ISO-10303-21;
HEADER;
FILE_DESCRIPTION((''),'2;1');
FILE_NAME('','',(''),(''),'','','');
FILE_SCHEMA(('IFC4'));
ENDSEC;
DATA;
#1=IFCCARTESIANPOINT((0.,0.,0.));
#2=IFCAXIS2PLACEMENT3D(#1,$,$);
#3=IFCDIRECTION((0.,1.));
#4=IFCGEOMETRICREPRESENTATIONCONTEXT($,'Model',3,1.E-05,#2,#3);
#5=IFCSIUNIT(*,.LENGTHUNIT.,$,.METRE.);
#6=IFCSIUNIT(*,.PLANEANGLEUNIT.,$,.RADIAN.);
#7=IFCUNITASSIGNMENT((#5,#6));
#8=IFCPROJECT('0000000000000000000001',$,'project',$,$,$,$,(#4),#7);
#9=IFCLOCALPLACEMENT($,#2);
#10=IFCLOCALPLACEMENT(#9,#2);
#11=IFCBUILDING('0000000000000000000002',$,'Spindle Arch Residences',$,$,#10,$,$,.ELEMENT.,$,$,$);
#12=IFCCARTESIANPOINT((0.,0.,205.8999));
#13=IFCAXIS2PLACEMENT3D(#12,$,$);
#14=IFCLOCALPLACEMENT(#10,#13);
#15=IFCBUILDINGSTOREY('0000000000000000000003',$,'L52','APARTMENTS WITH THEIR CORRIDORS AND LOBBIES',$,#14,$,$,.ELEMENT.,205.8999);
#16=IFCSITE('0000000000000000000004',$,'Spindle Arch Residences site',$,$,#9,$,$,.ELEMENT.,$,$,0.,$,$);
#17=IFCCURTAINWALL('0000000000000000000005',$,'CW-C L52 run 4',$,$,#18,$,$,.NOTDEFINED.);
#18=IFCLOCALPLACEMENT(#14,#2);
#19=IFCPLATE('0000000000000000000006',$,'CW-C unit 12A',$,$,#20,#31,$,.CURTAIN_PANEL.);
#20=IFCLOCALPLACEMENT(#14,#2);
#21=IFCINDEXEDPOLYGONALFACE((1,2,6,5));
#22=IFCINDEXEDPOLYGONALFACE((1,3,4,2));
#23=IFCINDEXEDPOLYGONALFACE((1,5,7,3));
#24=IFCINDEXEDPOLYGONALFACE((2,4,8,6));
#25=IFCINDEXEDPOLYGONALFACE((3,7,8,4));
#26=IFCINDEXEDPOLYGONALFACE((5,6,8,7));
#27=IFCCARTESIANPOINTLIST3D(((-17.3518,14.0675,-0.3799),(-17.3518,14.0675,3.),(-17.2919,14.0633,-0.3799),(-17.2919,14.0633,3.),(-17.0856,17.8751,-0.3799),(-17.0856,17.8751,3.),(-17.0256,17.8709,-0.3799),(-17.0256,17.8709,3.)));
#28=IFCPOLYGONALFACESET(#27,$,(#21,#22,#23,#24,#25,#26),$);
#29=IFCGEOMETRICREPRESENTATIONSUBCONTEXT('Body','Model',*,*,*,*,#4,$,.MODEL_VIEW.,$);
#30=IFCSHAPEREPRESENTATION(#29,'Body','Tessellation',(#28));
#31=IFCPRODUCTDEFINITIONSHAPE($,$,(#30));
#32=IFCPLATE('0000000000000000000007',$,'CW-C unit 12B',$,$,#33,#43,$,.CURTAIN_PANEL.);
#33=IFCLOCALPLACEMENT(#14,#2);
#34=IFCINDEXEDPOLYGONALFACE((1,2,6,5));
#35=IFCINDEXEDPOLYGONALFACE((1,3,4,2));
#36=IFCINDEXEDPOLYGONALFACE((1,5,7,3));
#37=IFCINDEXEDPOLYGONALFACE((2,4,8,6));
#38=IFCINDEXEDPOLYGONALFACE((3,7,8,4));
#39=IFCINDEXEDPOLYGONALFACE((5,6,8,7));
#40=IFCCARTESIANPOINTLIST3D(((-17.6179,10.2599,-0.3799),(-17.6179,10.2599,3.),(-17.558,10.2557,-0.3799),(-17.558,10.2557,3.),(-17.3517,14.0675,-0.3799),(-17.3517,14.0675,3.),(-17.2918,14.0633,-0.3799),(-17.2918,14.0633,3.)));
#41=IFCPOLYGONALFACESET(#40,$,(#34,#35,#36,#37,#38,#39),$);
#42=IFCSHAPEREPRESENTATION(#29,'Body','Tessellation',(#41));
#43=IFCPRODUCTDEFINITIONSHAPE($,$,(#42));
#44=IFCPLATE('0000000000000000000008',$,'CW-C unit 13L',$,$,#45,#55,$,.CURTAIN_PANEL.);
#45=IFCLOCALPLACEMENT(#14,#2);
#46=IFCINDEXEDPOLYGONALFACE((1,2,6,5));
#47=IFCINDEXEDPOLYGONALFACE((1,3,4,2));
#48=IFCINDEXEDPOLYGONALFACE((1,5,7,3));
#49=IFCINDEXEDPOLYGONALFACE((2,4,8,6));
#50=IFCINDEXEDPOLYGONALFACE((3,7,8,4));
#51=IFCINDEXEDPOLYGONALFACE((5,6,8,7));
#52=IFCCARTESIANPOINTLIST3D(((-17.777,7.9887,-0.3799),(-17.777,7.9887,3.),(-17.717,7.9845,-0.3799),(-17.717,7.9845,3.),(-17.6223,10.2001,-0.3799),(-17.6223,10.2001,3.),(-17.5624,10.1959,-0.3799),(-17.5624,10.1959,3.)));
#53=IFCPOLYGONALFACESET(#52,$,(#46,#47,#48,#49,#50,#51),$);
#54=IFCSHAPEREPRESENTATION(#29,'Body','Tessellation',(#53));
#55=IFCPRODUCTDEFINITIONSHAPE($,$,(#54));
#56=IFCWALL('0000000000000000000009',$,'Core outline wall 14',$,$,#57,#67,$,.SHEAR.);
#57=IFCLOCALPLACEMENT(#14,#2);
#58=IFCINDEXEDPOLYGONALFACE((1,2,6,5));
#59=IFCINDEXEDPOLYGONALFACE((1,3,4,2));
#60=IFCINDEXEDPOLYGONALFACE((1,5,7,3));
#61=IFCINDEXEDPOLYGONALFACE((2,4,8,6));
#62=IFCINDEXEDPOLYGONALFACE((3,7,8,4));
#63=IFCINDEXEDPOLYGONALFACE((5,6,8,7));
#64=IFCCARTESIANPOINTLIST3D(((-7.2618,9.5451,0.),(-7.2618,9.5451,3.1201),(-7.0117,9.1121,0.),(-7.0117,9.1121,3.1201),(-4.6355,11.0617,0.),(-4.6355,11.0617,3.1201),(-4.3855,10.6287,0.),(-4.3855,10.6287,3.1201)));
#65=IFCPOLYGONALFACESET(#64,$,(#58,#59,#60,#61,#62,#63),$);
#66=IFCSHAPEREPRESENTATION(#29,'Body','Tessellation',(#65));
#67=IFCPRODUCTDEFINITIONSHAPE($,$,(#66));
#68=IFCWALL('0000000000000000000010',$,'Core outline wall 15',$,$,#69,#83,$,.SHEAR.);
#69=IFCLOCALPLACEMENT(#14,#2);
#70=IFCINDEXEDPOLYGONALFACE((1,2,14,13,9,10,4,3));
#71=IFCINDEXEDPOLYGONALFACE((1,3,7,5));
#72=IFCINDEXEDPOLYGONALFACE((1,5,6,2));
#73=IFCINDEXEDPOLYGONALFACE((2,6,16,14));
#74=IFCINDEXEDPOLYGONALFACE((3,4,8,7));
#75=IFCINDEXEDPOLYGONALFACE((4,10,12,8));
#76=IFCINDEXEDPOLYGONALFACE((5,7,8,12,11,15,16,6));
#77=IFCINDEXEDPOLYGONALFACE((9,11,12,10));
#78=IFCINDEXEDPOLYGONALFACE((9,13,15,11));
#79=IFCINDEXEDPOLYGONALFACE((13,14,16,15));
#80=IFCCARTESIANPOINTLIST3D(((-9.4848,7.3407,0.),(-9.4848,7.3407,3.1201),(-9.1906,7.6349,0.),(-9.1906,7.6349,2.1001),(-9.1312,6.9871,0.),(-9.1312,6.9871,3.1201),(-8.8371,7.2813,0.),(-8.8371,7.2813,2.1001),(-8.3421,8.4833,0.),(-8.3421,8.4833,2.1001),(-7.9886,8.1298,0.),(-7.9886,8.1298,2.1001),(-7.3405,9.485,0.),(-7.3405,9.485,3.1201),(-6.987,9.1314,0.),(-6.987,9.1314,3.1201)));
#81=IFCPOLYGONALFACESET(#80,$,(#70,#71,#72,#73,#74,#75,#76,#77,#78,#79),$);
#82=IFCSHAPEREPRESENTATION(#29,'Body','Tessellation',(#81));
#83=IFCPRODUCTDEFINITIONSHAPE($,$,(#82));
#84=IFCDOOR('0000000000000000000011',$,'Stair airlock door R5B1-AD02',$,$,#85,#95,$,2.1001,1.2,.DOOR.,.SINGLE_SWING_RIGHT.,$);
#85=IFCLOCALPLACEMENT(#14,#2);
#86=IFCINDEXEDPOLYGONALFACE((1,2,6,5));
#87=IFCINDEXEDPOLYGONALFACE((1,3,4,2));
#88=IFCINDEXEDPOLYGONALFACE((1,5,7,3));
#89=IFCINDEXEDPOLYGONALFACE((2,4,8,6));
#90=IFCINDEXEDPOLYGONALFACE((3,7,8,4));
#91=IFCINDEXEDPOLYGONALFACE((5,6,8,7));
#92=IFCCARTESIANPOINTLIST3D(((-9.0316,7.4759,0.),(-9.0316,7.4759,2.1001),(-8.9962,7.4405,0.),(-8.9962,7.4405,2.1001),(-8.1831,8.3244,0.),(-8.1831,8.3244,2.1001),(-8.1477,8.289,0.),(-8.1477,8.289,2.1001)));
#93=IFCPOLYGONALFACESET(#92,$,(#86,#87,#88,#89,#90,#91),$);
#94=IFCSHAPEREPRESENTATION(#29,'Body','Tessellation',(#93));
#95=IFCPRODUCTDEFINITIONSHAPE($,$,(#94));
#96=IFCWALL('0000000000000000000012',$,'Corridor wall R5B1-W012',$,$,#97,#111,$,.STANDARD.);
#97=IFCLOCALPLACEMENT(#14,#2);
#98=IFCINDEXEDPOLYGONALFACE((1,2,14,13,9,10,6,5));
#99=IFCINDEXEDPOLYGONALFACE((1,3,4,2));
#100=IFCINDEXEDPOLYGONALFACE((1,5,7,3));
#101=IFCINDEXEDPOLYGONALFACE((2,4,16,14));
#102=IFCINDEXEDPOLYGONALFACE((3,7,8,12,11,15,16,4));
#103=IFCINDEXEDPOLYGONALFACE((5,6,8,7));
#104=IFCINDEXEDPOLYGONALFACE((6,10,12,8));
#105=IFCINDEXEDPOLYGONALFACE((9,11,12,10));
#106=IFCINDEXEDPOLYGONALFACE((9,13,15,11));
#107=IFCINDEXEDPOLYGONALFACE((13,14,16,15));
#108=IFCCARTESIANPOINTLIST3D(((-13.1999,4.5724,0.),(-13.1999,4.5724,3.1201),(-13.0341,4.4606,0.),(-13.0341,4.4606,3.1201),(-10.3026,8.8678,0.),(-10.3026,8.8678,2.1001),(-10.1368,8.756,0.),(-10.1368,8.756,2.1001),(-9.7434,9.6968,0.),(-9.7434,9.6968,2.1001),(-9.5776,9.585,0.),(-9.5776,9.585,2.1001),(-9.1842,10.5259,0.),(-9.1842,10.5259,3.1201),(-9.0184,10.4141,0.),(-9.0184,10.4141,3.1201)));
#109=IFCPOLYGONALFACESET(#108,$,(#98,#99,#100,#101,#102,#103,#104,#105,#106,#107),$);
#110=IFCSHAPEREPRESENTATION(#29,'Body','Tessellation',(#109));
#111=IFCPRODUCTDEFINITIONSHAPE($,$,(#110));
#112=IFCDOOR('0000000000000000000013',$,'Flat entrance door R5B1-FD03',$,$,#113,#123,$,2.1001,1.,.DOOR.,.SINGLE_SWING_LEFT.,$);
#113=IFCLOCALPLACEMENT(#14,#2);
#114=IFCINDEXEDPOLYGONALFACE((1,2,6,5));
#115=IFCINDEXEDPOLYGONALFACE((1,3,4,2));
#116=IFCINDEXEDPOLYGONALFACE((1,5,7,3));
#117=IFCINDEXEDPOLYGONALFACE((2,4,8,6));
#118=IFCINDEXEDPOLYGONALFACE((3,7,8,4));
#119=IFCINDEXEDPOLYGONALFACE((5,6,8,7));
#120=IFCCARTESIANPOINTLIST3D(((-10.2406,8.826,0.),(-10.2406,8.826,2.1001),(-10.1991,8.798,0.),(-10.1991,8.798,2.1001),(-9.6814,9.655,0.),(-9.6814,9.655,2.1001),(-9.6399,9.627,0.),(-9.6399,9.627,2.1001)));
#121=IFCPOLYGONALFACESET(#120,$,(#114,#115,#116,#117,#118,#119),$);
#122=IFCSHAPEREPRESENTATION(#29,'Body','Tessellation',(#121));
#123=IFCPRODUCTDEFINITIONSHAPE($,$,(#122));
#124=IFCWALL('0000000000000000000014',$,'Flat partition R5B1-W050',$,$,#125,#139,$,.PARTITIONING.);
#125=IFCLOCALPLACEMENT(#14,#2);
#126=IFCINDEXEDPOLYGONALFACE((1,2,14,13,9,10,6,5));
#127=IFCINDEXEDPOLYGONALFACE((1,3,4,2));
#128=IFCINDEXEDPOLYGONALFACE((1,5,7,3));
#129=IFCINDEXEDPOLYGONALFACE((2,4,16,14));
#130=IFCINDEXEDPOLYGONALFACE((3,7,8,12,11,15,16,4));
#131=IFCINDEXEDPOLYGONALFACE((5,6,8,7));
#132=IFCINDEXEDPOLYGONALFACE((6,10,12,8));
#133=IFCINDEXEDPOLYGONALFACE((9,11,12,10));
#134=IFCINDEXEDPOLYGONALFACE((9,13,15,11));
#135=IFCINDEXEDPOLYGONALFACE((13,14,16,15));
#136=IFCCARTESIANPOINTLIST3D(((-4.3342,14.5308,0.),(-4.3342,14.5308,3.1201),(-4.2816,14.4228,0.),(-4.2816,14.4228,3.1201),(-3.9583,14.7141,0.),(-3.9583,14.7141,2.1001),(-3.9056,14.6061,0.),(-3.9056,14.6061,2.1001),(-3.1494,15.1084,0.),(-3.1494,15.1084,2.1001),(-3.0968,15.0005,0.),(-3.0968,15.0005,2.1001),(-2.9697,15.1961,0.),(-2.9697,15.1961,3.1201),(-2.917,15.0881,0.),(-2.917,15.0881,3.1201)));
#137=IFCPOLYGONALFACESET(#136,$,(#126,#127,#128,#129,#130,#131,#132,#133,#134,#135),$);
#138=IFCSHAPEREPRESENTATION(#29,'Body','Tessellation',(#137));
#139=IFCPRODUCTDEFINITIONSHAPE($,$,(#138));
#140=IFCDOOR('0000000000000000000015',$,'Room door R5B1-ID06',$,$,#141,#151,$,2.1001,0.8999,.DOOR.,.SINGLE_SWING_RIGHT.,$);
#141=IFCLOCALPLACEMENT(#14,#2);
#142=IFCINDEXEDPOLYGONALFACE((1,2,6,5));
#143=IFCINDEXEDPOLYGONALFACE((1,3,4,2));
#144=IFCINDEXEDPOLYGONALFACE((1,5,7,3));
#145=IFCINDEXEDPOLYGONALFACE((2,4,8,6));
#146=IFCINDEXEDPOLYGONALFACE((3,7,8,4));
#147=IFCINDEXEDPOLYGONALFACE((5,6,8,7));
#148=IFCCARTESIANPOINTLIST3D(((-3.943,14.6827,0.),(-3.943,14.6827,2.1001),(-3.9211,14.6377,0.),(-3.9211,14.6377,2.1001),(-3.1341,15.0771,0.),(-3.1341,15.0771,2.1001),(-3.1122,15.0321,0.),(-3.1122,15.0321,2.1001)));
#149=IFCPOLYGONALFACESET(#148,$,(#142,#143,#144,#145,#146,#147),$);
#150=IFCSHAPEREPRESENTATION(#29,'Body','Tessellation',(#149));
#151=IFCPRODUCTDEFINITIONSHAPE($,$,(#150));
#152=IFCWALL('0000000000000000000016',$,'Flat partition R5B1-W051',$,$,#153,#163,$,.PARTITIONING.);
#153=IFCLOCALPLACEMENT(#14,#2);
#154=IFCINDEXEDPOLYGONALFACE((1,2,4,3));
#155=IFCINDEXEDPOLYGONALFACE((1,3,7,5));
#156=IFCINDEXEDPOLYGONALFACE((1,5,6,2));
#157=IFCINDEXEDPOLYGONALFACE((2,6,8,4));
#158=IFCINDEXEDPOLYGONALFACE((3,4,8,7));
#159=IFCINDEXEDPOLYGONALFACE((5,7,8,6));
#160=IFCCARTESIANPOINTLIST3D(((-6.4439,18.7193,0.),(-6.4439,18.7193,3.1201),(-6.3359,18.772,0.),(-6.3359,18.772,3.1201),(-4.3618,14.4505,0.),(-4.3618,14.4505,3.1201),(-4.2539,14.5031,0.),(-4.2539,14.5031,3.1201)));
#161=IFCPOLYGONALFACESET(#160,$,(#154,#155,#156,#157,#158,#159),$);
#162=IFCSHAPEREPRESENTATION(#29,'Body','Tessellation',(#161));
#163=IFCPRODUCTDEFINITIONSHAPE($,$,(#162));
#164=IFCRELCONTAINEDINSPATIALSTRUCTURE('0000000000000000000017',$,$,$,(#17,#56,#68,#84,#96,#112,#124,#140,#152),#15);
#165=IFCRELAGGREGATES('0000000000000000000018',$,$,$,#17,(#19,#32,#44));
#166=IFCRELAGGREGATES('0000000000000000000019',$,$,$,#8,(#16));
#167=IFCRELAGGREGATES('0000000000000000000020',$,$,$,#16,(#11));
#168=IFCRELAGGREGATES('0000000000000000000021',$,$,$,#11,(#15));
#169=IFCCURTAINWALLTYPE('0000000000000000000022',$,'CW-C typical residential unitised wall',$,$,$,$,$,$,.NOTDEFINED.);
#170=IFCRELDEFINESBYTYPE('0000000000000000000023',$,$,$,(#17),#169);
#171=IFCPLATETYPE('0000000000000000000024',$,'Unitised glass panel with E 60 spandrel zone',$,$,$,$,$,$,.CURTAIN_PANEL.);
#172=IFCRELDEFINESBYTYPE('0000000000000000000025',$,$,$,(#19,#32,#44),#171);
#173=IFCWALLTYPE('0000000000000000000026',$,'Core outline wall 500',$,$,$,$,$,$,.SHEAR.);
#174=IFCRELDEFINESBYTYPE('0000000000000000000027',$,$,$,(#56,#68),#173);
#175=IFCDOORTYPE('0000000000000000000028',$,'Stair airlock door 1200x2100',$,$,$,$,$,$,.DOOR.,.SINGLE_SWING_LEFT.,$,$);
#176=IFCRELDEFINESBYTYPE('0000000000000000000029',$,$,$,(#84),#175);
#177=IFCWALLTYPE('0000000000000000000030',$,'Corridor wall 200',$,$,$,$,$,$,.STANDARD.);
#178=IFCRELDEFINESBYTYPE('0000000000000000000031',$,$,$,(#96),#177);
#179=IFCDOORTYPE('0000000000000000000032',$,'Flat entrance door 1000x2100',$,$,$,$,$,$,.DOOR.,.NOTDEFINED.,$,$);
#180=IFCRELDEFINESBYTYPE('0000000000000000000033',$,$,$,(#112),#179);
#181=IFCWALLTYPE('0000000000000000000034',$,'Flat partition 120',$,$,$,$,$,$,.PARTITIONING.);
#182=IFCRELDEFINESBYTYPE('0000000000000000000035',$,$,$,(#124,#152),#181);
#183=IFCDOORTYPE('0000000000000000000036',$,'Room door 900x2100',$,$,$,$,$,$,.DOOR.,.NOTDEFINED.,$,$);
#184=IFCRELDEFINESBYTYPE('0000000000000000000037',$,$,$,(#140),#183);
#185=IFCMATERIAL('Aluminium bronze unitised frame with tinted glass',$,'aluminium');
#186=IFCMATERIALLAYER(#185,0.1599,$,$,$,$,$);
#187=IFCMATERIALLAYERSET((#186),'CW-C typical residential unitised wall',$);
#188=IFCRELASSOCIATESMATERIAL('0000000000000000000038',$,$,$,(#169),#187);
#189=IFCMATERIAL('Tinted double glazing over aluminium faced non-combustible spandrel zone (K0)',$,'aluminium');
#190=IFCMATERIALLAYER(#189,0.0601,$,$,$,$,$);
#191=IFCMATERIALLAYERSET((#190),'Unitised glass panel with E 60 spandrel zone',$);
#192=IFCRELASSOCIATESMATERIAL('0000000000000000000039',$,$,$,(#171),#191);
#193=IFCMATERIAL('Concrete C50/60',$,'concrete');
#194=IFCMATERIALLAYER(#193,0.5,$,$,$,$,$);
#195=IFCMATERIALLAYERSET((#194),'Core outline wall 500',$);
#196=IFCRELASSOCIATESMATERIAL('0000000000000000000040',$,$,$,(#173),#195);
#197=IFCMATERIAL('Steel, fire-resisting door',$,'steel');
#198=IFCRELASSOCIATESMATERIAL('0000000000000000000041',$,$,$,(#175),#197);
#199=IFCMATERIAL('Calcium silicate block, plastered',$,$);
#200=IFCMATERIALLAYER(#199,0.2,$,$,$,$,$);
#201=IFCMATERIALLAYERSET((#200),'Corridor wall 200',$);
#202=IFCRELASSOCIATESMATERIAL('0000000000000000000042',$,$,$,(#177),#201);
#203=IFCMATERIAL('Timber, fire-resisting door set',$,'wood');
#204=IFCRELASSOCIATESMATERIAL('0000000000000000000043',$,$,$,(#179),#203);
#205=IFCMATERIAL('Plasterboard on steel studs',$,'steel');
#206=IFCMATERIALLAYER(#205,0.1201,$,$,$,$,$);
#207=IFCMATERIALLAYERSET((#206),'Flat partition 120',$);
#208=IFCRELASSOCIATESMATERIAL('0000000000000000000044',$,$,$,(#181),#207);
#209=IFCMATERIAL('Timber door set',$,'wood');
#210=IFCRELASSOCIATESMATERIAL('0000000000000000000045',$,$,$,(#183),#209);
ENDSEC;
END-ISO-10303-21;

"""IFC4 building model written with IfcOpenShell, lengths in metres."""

from ifc_helpers import new_model, si_unit, direction, frame, frame_2d, origin, origin_2d, place, context, subcontext, project, spatial, rectangle, extrude, material, layer, layer_set, type_object, element, fill, aggregate, save


model = new_model("IFC4")

# Units and contexts
model_context = context("Model", 3, precision=1e-05, world=origin(), true_north=direction((0.0, 1.0)))
body_context = subcontext(model_context, "Body", "Model", "MODEL_VIEW")
ifc_project = project(units=[si_unit("LENGTHUNIT", "METRE"), si_unit("PLANEANGLEUNIT", "RADIAN")], contexts=[model_context])

# Site, building, storey
site_placement = place(None, origin())
site = spatial("IfcSite", under=ifc_project, at=site_placement, Name="Spindle Arch Residences site", CompositionType="ELEMENT", RefElevation=0.0)
building_placement = place(site_placement, origin())
building = spatial("IfcBuilding", under=site, at=building_placement, Name="Spindle Arch Residences", CompositionType="ELEMENT")
storey_placement = place(building_placement, frame((0.0, 0.0, 205.8999)))
storey = spatial("IfcBuildingStorey", under=building, at=storey_placement, Name="L52", Description="APARTMENTS WITH THEIR CORRIDORS AND LOBBIES", CompositionType="ELEMENT", Elevation=205.8999)

# Curtain wall
ifc_material_1 = material(Name="Aluminium bronze unitised frame with tinted glass", Category="aluminium")
ifc_layer_1 = layer(ifc_material_1, 0.1599)
ifc_layer_set_1 = layer_set([ifc_layer_1], Name="CW-C typical residential unitised wall")
curtain_wall_type = type_object("IfcCurtainWallType", Name="CW-C typical residential unitised wall", PredefinedType="NOTDEFINED", material=ifc_layer_set_1)
curtain_wall_placement = place(storey_placement, origin())
curtain_wall = element("IfcCurtainWall", 1, at=curtain_wall_placement, inside=storey, type_object=curtain_wall_type, Name="CW-C L52 run 4", PredefinedType="NOTDEFINED")

# Plates
ifc_material_2 = material(Name="Tinted double glazing over aluminium faced non-combustible spandrel zone (K0)", Category="aluminium")
ifc_layer_2 = layer(ifc_material_2, 0.0601)
ifc_layer_set_2 = layer_set([ifc_layer_2], Name="Unitised glass panel with E 60 spandrel zone")
plate_type = type_object("IfcPlateType", Name="Unitised glass panel with E 60 spandrel zone", PredefinedType="CURTAIN_PANEL", material=ifc_layer_set_2)
plate_1_placement = place(storey_placement, frame((-17.1887, 15.9692, -0.3799), z_axis=(0.0, 0.0, 1.0), x_axis=(-0.069756, -0.997564, 0.0)))
plate_1 = element("IfcPlate", 2, at=plate_1_placement, type_object=plate_type, Name="CW-C unit 12A", PredefinedType="CURTAIN_PANEL", context=body_context, shape_type="SweptSolid", body=[
    extrude(rectangle(XDim=3.8169, YDim=0.0601, at=origin_2d()), origin(), (0.0, 0.0, 1.0), 3.3799),
])
plate_2_placement = place(storey_placement, frame((-17.4548, 12.1616, -0.3799), z_axis=(0.0, 0.0, 1.0), x_axis=(-0.069756, -0.997564, 0.0)))
plate_2 = element("IfcPlate", 3, at=plate_2_placement, type_object=plate_type, Name="CW-C unit 12B", PredefinedType="CURTAIN_PANEL", context=body_context, shape_type="SweptSolid", body=[
    extrude(rectangle(XDim=3.8169, YDim=0.0601, at=origin_2d()), origin(), (0.0, 0.0, 1.0), 3.3799),
])
plate_3_placement = place(storey_placement, frame((-17.6697, 9.0923, -0.3799), z_axis=(0.0, 0.0, 1.0), x_axis=(-0.069756, -0.997564, 0.0)))
plate_3 = element("IfcPlate", 4, at=plate_3_placement, type_object=plate_type, Name="CW-C unit 13L", PredefinedType="CURTAIN_PANEL", context=body_context, shape_type="SweptSolid", body=[
    extrude(rectangle(XDim=2.2168, YDim=0.0601, at=origin_2d()), origin(), (0.0, 0.0, 1.0), 3.3799),
])
aggregate(curtain_wall, [plate_1, plate_2, plate_3])

# Wall
ifc_material_3 = material(Name="Concrete C50/60", Category="concrete")
ifc_layer_3 = layer(ifc_material_3, 0.5)
ifc_layer_set_3 = layer_set([ifc_layer_3], Name="Core outline wall 500")
wall_type_1 = type_object("IfcWallType", Name="Core outline wall 500", PredefinedType="SHEAR", material=ifc_layer_set_3)
wall_1_placement = place(storey_placement, frame((-4.5105, 10.8452, 0.0), z_axis=(0.0, 0.0, 1.0), x_axis=(-0.865975, -0.500087, 0.0)))
element("IfcWall", 5, at=wall_1_placement, inside=storey, type_object=wall_type_1, Name="Core outline wall 14", PredefinedType="SHEAR", context=body_context, shape_type="SweptSolid", body=[
    extrude(rectangle(XDim=3.0327, YDim=0.5, at=frame_2d((1.5164, 0.0))), origin(), (0.0, 0.0, 1.0), 3.1201),
])

# Walls, openings, doors
wall_2_placement = place(storey_placement, frame((-7.1638, 9.3081, 0.0), z_axis=(0.0, 0.0, 1.0), x_axis=(-0.707107, -0.707107, 0.0)))
wall_2 = element("IfcWall", 6, at=wall_2_placement, inside=storey, type_object=wall_type_1, Name="Core outline wall 15", PredefinedType="SHEAR", context=body_context, shape_type="SweptSolid", body=[
    extrude(rectangle(XDim=3.0325, YDim=0.5, at=frame_2d((1.5161, 0.0))), origin(), (0.0, 0.0, 1.0), 3.1201),
])
opening_1_placement = place(wall_2_placement, frame((1.4163, 0.0, 0.0)))
opening_1 = element("IfcOpeningElement", 7, at=opening_1_placement, cuts=wall_2, PredefinedType="OPENING", context=body_context, shape_type="SweptSolid", body=[
    extrude(rectangle(XDim=1.2, YDim=2.1001, at=frame_2d((0.6001, 1.05))), frame((0.0, 0.26, 0.0), z_axis=(0.0, -1.0, 0.0), x_axis=(1.0, 0.0, 0.0)), (0.0, 0.0, 1.0), 0.52),
])
ifc_material_4 = material(Name="Steel, fire-resisting door", Category="steel")
door_type_1 = type_object("IfcDoorType", Name="Stair airlock door 1200x2100", OperationType="SINGLE_SWING_LEFT", PredefinedType="DOOR", material=ifc_material_4)
door_1_placement = place(opening_1_placement, origin())
door_1 = element("IfcDoor", 8, at=door_1_placement, inside=storey, type_object=door_type_1, Name="Stair airlock door R5B1-AD02", OperationType="SINGLE_SWING_RIGHT", OverallHeight=2.1001, OverallWidth=1.2, PredefinedType="DOOR", context=body_context, shape_type="SweptSolid", body=[
    extrude(rectangle(XDim=1.2, YDim=2.1001, at=frame_2d((0.6001, 1.05))), frame((0.0, 0.0249, 0.0), z_axis=(0.0, -1.0, 0.0), x_axis=(1.0, 0.0, 0.0)), (0.0, 0.0, 1.0), 0.05),
])
fill(opening_1, door_1)
ifc_material_5 = material(Name="Calcium silicate block, plastered")
ifc_layer_4 = layer(ifc_material_5, 0.2)
ifc_layer_set_4 = layer_set([ifc_layer_4], Name="Corridor wall 200")
wall_type_2 = type_object("IfcWallType", Name="Corridor wall 200", PredefinedType="STANDARD", material=ifc_layer_set_4)
wall_3_placement = place(storey_placement, frame((-9.1013, 10.47, 0.0), z_axis=(0.0, 0.0, 1.0), x_axis=(-0.559195, -0.829036, 0.0)))
wall_3 = element("IfcWall", 9, at=wall_3_placement, inside=storey, type_object=wall_type_2, Name="Corridor wall R5B1-W012", PredefinedType="STANDARD", context=body_context, shape_type="SweptSolid", body=[
    extrude(rectangle(XDim=7.1812, YDim=0.2, at=frame_2d((3.5906, 0.0))), origin(), (0.0, 0.0, 1.0), 3.1201),
])
opening_2_placement = place(wall_3_placement, frame((1.0, 0.0, 0.0)))
opening_2 = element("IfcOpeningElement", 10, at=opening_2_placement, cuts=wall_3, PredefinedType="OPENING", context=body_context, shape_type="SweptSolid", body=[
    extrude(rectangle(XDim=1.0, YDim=2.1001, at=frame_2d((0.5, 1.05))), frame((0.0, 0.1099, 0.0), z_axis=(0.0, -1.0, 0.0), x_axis=(1.0, 0.0, 0.0)), (0.0, 0.0, 1.0), 0.22),
])
ifc_material_6 = material(Name="Timber, fire-resisting door set", Category="wood")
door_type_2 = type_object("IfcDoorType", Name="Flat entrance door 1000x2100", OperationType="NOTDEFINED", PredefinedType="DOOR", material=ifc_material_6)
door_2_placement = place(opening_2_placement, origin())
door_2 = element("IfcDoor", 11, at=door_2_placement, inside=storey, type_object=door_type_2, Name="Flat entrance door R5B1-FD03", OperationType="SINGLE_SWING_LEFT", OverallHeight=2.1001, OverallWidth=1.0, PredefinedType="DOOR", context=body_context, shape_type="SweptSolid", body=[
    extrude(rectangle(XDim=1.0, YDim=2.1001, at=frame_2d((0.5, 1.05))), frame((0.0, 0.0249, 0.0), z_axis=(0.0, -1.0, 0.0), x_axis=(1.0, 0.0, 0.0)), (0.0, 0.0, 1.0), 0.05),
])
fill(opening_2, door_2)
ifc_material_7 = material(Name="Plasterboard on steel studs", Category="steel")
ifc_layer_5 = layer(ifc_material_7, 0.1201)
ifc_layer_set_5 = layer_set([ifc_layer_5], Name="Flat partition 120")
wall_type_3 = type_object("IfcWallType", Name="Flat partition 120", PredefinedType="PARTITIONING", material=ifc_layer_set_5)
wall_4_placement = place(storey_placement, frame((-2.9434, 15.1421, 0.0), z_axis=(0.0, 0.0, 1.0), x_axis=(-0.898853, -0.438249, 0.0)))
wall_4 = element("IfcWall", 12, at=wall_4_placement, inside=storey, type_object=wall_type_3, Name="Flat partition R5B1-W050", PredefinedType="PARTITIONING", context=body_context, shape_type="SweptSolid", body=[
    extrude(rectangle(XDim=1.5181, YDim=0.1201, at=frame_2d((0.759, 0.0))), origin(), (0.0, 0.0, 1.0), 3.1201),
])
opening_3_placement = place(wall_4_placement, frame((0.2, 0.0, 0.0)))
opening_3 = element("IfcOpeningElement", 13, at=opening_3_placement, cuts=wall_4, PredefinedType="OPENING", context=body_context, shape_type="SweptSolid", body=[
    extrude(rectangle(XDim=0.8999, YDim=2.1001, at=frame_2d((0.45, 1.05))), frame((0.0, 0.0701, 0.0), z_axis=(0.0, -1.0, 0.0), x_axis=(1.0, 0.0, 0.0)), (0.0, 0.0, 1.0), 0.1401),
])
ifc_material_8 = material(Name="Timber door set", Category="wood")
door_type_3 = type_object("IfcDoorType", Name="Room door 900x2100", OperationType="NOTDEFINED", PredefinedType="DOOR", material=ifc_material_8)
door_3_placement = place(opening_3_placement, origin())
door_3 = element("IfcDoor", 14, at=door_3_placement, inside=storey, type_object=door_type_3, Name="Room door R5B1-ID06", OperationType="SINGLE_SWING_RIGHT", OverallHeight=2.1001, OverallWidth=0.8999, PredefinedType="DOOR", context=body_context, shape_type="SweptSolid", body=[
    extrude(rectangle(XDim=0.8999, YDim=2.1001, at=frame_2d((0.45, 1.05))), frame((0.0, 0.0249, 0.0), z_axis=(0.0, -1.0, 0.0), x_axis=(1.0, 0.0, 0.0)), (0.0, 0.0, 1.0), 0.05),
])
fill(opening_3, door_3)

# Wall
wall_5_placement = place(storey_placement, frame((-4.3079, 14.4768, 0.0), z_axis=(0.0, 0.0, 1.0), x_axis=(-0.438371, 0.898794, 0.0)))
element("IfcWall", 15, at=wall_5_placement, inside=storey, type_object=wall_type_3, Name="Flat partition R5B1-W051", PredefinedType="PARTITIONING", context=body_context, shape_type="SweptSolid", body=[
    extrude(rectangle(XDim=4.7495, YDim=0.1201, at=frame_2d((2.3748, 0.0))), origin(), (0.0, 0.0, 1.0), 3.1201),
])

save(model, "model.ifc")
